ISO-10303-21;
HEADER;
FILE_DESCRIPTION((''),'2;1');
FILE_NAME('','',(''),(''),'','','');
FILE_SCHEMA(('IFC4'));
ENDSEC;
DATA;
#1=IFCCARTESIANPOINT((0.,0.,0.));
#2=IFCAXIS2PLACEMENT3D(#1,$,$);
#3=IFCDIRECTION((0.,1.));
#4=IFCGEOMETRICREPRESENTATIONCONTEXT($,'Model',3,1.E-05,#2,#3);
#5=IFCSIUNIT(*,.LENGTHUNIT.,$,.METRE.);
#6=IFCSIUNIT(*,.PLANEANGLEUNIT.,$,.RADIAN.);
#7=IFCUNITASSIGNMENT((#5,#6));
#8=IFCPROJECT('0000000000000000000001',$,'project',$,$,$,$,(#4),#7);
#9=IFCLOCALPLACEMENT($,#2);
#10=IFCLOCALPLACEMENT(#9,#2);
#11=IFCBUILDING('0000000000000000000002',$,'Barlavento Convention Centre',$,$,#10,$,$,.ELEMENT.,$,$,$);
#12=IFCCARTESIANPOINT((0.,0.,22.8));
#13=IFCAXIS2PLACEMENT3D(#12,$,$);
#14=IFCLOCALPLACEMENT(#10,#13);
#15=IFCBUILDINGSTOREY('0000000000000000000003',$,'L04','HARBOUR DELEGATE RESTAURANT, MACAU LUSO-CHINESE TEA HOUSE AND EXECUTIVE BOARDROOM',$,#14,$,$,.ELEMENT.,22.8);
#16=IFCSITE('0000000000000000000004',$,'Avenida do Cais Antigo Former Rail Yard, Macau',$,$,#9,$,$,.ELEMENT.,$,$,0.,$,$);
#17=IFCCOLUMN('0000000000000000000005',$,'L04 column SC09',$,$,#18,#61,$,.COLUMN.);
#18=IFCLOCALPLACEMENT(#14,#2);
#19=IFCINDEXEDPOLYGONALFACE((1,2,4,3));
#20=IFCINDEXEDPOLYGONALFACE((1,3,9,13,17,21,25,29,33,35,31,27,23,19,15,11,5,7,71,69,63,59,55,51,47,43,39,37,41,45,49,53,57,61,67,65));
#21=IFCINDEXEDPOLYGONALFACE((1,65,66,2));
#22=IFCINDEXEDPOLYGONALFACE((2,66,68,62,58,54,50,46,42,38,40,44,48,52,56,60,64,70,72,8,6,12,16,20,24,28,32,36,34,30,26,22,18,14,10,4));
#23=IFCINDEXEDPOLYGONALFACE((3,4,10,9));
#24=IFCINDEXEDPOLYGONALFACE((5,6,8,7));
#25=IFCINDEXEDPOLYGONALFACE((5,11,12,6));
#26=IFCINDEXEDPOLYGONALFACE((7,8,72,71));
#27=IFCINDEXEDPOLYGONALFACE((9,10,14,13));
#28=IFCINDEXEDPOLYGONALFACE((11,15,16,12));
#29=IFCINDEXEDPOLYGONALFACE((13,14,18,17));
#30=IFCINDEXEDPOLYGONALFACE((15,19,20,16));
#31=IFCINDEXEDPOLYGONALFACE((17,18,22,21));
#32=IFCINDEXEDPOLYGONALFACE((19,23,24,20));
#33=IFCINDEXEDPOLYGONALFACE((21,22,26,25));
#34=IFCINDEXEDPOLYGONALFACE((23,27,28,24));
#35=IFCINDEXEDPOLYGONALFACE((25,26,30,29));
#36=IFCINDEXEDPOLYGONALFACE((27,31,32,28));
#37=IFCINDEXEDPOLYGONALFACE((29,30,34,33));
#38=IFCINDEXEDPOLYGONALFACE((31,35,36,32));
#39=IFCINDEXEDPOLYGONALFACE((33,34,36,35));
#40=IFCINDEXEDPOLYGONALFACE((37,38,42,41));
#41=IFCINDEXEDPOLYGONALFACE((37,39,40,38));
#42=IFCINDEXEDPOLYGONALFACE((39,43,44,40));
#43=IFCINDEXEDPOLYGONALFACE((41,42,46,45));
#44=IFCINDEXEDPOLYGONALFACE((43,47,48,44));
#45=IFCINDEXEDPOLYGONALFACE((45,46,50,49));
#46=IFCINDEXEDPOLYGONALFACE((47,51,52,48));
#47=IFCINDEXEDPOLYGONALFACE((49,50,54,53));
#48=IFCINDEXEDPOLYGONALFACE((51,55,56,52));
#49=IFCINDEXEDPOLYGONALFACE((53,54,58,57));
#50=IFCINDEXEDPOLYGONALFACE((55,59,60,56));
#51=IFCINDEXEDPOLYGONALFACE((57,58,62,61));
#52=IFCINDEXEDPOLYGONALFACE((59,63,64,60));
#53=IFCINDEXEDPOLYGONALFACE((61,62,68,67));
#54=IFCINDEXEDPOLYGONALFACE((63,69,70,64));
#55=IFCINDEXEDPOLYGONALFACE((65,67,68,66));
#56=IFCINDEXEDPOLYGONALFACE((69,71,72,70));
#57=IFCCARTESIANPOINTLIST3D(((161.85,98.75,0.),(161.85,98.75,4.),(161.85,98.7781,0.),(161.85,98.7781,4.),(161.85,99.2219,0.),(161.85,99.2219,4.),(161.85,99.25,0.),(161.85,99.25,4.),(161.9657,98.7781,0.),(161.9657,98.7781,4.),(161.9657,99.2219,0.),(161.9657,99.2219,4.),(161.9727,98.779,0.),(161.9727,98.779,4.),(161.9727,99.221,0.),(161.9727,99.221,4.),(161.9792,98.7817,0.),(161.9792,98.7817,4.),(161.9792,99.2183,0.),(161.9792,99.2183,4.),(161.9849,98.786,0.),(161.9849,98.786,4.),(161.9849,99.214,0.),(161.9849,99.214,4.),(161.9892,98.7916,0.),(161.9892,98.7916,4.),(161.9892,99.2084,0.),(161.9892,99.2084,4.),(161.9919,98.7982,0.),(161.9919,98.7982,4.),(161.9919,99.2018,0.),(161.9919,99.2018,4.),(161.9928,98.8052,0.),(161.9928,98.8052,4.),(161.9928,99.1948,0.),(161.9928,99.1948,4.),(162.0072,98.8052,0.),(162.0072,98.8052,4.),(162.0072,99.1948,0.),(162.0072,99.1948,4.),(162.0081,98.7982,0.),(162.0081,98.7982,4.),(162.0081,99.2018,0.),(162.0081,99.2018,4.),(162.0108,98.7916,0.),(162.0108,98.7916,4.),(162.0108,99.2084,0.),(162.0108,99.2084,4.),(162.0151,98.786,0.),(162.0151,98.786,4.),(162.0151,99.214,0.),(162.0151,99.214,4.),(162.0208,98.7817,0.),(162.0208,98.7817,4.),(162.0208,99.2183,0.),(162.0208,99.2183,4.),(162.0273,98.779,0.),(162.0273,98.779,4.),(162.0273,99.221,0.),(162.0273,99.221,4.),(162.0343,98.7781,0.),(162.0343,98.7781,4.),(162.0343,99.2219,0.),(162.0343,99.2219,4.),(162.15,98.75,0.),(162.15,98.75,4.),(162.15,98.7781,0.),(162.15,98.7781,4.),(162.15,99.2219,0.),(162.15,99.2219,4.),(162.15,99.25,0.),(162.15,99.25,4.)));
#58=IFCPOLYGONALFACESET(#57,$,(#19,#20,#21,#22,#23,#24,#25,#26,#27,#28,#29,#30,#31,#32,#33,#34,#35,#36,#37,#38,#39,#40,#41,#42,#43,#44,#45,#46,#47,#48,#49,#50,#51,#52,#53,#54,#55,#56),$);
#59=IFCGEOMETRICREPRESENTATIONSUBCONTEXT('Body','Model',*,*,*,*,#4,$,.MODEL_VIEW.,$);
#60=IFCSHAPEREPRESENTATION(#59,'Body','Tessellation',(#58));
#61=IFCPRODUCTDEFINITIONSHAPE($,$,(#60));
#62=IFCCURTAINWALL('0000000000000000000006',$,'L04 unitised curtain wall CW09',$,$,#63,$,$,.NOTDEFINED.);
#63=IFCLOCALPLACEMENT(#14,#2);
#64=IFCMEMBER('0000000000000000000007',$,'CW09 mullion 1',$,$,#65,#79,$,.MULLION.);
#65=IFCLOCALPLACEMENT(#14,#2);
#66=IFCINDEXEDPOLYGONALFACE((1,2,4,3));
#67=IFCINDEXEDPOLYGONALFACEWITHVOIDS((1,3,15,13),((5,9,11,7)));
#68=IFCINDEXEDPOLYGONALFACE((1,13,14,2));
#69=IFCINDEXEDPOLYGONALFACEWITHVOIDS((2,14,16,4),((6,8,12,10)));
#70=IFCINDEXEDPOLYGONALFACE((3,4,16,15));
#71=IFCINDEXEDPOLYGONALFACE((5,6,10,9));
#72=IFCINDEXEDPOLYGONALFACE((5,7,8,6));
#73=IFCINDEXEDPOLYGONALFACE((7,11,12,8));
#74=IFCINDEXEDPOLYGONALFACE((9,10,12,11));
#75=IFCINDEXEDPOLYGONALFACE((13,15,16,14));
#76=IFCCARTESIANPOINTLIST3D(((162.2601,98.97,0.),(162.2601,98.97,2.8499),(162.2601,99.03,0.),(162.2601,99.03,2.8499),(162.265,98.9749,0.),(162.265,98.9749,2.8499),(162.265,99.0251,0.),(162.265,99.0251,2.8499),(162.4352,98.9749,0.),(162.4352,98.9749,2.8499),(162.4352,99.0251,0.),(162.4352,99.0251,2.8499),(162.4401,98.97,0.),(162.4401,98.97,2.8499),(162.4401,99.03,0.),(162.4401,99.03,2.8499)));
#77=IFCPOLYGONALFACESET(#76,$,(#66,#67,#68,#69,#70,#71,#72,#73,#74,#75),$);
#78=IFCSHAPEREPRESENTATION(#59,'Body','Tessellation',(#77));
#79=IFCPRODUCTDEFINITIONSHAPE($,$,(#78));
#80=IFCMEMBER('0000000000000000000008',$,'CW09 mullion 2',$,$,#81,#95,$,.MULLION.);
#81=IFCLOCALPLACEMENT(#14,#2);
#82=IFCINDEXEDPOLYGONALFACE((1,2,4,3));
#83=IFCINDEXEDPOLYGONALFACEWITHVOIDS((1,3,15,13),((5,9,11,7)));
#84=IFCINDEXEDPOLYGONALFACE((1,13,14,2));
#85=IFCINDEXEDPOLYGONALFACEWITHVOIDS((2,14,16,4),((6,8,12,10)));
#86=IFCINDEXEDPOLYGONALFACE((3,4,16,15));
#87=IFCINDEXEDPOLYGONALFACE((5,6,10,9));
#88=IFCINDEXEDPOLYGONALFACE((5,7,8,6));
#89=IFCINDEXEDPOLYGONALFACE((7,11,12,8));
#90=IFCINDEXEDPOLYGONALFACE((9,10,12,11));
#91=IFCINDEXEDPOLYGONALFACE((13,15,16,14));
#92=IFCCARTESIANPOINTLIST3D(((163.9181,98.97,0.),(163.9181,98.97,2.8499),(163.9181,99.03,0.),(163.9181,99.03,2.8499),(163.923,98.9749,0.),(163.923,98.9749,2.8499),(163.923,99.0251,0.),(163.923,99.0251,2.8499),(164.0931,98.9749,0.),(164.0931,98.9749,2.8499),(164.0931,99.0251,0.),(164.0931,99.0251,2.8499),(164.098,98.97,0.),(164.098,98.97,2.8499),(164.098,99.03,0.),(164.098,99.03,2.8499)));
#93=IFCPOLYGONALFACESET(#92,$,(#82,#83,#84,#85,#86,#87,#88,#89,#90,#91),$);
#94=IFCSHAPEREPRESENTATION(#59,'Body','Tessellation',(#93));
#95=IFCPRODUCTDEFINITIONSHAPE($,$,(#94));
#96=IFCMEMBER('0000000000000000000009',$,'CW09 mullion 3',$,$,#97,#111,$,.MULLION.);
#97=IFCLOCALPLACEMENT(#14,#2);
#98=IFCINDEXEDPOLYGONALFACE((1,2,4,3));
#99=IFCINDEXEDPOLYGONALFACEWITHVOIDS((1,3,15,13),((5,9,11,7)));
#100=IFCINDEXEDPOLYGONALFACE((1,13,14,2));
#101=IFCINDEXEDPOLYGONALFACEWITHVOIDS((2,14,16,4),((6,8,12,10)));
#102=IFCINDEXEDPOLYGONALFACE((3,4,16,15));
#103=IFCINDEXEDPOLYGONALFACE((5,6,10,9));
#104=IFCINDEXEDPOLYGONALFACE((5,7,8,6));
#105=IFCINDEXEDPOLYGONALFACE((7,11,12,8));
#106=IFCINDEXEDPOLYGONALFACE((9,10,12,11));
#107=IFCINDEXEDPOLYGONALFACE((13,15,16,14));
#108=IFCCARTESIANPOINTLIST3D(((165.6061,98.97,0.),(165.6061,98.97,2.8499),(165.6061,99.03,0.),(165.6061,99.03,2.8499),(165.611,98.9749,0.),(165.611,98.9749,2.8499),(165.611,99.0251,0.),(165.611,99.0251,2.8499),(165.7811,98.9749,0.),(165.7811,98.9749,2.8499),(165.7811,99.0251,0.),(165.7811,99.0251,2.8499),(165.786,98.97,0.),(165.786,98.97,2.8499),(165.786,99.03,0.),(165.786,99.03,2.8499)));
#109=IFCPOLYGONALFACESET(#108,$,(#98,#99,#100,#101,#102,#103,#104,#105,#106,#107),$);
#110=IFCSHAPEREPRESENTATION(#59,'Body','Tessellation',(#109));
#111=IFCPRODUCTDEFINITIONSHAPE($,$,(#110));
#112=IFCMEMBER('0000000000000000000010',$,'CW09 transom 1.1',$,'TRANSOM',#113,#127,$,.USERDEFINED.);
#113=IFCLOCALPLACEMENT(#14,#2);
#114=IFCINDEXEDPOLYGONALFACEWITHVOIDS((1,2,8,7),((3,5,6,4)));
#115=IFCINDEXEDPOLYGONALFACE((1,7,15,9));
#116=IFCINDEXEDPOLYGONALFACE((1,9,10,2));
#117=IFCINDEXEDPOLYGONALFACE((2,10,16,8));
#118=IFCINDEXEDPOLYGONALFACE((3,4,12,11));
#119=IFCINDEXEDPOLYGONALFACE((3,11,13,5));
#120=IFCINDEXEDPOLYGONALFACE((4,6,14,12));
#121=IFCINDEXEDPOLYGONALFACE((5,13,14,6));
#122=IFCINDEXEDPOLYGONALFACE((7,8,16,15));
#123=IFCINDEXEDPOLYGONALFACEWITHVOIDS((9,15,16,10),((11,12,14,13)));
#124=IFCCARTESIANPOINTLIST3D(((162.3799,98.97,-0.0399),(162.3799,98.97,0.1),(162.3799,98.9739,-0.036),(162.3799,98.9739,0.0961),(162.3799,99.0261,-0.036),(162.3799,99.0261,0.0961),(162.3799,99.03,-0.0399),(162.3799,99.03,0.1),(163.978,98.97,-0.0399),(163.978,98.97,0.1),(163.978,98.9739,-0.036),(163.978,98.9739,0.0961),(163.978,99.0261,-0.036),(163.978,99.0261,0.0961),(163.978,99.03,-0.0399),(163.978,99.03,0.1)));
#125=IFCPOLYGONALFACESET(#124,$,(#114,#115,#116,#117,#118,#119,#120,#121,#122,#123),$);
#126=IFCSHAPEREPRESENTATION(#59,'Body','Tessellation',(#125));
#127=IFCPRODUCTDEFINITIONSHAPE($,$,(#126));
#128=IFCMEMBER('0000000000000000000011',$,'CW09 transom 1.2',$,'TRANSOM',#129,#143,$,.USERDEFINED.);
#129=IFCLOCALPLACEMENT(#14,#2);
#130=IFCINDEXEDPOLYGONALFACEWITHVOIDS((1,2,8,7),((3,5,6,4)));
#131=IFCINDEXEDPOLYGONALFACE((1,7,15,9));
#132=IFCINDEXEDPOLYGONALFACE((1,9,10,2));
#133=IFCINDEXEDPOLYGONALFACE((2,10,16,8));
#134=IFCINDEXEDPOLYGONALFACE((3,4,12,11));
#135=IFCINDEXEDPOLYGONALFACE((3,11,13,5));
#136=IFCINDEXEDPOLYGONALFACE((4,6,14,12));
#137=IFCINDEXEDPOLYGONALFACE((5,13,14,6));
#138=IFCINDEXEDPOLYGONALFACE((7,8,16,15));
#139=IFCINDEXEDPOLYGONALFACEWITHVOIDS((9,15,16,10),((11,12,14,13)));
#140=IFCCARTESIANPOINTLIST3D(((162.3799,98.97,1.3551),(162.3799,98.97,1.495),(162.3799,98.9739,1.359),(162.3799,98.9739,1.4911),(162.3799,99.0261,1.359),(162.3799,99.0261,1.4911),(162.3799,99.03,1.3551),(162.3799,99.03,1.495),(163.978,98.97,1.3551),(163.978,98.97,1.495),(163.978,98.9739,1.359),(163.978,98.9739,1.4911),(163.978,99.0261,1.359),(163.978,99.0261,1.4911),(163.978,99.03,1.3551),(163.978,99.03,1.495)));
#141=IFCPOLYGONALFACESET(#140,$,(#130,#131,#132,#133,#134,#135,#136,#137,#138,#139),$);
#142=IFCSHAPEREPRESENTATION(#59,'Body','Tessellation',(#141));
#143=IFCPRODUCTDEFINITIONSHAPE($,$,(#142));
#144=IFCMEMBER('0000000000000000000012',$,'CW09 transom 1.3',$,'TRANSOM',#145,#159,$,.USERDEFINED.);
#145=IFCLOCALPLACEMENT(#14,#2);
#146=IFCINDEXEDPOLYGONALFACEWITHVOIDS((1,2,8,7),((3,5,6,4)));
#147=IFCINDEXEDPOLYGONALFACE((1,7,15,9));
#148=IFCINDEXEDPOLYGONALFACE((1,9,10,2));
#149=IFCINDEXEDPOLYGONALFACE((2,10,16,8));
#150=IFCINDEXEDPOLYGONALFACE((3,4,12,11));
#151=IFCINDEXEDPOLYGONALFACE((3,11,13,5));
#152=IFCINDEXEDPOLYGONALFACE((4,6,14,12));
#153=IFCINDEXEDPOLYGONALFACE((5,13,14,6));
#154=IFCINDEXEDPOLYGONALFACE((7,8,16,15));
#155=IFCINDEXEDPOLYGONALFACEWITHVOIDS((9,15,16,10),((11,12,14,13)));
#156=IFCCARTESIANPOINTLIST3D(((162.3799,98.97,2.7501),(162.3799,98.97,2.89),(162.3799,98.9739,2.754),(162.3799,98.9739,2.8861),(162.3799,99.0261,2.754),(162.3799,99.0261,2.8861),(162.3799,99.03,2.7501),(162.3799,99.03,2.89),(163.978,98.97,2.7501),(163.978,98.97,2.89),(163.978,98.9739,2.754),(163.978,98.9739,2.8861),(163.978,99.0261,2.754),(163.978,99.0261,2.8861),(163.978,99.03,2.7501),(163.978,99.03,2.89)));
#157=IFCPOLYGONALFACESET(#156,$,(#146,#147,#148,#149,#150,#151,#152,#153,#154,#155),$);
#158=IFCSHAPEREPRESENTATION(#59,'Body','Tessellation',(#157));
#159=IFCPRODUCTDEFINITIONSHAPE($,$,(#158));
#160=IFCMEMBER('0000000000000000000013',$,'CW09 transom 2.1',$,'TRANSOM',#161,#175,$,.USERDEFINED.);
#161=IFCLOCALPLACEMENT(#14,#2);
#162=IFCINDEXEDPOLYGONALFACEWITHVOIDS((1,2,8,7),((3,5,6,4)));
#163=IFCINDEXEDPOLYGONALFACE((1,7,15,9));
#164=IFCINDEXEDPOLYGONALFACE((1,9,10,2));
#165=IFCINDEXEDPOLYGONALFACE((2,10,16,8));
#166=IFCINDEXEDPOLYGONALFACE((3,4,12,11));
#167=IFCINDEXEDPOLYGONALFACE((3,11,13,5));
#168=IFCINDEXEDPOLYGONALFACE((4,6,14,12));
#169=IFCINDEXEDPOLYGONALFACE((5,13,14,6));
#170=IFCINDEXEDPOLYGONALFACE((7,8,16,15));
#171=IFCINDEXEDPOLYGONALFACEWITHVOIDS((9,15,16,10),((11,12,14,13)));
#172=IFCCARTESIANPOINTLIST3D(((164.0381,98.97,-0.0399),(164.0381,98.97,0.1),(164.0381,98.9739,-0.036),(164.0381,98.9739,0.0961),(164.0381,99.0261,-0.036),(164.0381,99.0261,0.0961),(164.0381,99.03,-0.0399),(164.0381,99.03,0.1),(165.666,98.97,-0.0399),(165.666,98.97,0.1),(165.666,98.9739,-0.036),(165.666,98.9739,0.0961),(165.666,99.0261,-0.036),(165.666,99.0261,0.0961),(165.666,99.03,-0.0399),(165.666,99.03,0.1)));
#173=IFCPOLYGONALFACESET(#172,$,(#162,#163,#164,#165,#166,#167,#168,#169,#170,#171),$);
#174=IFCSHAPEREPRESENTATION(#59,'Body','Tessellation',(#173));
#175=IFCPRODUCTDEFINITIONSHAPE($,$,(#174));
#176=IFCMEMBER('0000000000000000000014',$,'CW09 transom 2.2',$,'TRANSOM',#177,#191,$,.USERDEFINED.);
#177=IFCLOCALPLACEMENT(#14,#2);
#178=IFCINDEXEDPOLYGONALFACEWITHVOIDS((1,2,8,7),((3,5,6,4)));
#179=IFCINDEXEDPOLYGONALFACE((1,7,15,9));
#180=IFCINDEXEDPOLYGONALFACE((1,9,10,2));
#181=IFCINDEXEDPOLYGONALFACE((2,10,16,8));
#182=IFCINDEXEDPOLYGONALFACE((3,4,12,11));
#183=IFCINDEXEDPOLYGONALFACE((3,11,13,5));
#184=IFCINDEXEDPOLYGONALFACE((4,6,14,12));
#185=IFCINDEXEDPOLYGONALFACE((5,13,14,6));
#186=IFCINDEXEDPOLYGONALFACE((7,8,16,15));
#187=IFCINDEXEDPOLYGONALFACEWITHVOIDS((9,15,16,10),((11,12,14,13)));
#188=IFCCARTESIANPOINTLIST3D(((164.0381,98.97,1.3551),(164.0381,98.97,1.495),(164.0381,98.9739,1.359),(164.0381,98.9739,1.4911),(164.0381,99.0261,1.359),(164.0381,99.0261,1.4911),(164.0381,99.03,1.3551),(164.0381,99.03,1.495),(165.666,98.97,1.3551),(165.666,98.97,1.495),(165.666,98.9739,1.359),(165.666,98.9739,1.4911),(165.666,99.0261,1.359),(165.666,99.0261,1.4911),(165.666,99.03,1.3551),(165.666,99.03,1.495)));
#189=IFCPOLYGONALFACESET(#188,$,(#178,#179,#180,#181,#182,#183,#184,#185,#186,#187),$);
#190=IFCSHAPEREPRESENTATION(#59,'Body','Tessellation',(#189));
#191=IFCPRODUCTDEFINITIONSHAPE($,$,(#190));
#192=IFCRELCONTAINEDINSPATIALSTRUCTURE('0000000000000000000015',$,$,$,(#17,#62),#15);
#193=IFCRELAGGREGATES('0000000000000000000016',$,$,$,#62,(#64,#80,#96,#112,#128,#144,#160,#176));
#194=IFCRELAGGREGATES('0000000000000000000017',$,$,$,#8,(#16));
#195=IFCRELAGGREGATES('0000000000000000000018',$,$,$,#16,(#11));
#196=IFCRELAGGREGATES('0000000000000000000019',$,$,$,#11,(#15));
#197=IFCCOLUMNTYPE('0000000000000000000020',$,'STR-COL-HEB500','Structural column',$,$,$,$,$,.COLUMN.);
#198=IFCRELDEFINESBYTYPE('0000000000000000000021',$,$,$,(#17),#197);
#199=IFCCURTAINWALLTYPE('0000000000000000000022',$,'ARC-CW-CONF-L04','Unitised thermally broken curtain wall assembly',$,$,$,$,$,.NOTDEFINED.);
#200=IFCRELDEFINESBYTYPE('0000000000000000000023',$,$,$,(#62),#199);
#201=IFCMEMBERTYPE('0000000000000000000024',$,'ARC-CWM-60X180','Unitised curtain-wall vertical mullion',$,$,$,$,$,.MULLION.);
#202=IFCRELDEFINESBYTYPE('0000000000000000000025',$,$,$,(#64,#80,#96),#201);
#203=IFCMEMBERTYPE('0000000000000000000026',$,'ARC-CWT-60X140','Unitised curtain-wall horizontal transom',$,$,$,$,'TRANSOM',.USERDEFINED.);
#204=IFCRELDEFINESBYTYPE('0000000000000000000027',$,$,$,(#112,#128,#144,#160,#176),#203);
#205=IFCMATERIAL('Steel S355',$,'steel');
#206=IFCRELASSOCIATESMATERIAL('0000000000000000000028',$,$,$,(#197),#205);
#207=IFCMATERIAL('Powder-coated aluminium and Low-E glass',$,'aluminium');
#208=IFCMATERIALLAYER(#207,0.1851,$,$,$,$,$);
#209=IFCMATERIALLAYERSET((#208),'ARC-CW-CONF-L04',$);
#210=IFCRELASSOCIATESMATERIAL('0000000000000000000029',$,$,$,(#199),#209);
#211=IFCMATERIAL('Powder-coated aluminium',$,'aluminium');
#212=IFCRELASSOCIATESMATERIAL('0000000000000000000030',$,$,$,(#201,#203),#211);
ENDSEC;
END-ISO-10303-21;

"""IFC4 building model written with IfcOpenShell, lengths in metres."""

from ifc_helpers import new_model, si_unit, direction, frame, origin, origin_2d, place, context, subcontext, project, spatial, hollow_rectangle, i_section, extrude, material, layer, layer_set, material_profile, profile_set, type_object, element, aggregate, save


model = new_model("IFC4")

# Units and contexts
model_context = context("Model", 3, precision=1e-05, world=origin(), true_north=direction((0.0, 1.0)))
body_context = subcontext(model_context, "Body", "Model", "MODEL_VIEW")
ifc_project = project(units=[si_unit("LENGTHUNIT", "METRE"), si_unit("PLANEANGLEUNIT", "RADIAN")], contexts=[model_context])

# Site, building, storey
site_placement = place(None, origin())
site = spatial("IfcSite", under=ifc_project, at=site_placement, Name="Avenida do Cais Antigo Former Rail Yard, Macau", CompositionType="ELEMENT", RefElevation=0.0)
building_placement = place(site_placement, origin())
building = spatial("IfcBuilding", under=site, at=building_placement, Name="Barlavento Convention Centre", CompositionType="ELEMENT")
storey_placement = place(building_placement, frame((0.0, 0.0, 22.8)))
storey = spatial("IfcBuildingStorey", under=building, at=storey_placement, Name="L04", Description="HARBOUR DELEGATE RESTAURANT, MACAU LUSO-CHINESE TEA HOUSE AND EXECUTIVE BOARDROOM", CompositionType="ELEMENT", Elevation=22.8)

# Column
ifc_material_1 = material(Name="Steel S355", Category="steel")
ifc_material_profile_1 = material_profile(ifc_material_1, i_section(OverallWidth=0.3, OverallDepth=0.5, WebThickness=0.0144, FlangeThickness=0.0281, FilletRadius=0.0271, at=origin_2d()), Name="HEB 500")
ifc_profile_set_1 = profile_set([ifc_material_profile_1], Name="Steel S355")
column_type = type_object("IfcColumnType", Name="STR-COL-HEB500", Description="Structural column", PredefinedType="COLUMN", material=ifc_profile_set_1)
column_placement = place(storey_placement, frame((162.0, 99.0, 0.0), z_axis=(0.0, 0.0, 1.0), x_axis=(1.0, 0.0, 0.0)))
element("IfcColumn", 1, at=column_placement, inside=storey, type_object=column_type, Name="L04 column SC09", PredefinedType="COLUMN", context=body_context, shape_type="SweptSolid", body=[
    extrude(i_section(OverallWidth=0.3, OverallDepth=0.5, WebThickness=0.0144, FlangeThickness=0.0281, FilletRadius=0.0271, at=origin_2d()), origin(), (0.0, 0.0, 1.0), 4.0),
])

# Curtain wall, members
ifc_material_2 = material(Name="Powder-coated aluminium and Low-E glass", Category="aluminium")
ifc_layer_1 = layer(ifc_material_2, 0.1851)
ifc_layer_set_1 = layer_set([ifc_layer_1], Name="ARC-CW-CONF-L04")
curtain_wall_type = type_object("IfcCurtainWallType", Name="ARC-CW-CONF-L04", Description="Unitised thermally broken curtain wall assembly", PredefinedType="NOTDEFINED", material=ifc_layer_set_1)
curtain_wall_placement = place(storey_placement, origin())
curtain_wall = element("IfcCurtainWall", 2, at=curtain_wall_placement, inside=storey, type_object=curtain_wall_type, Name="L04 unitised curtain wall CW09", PredefinedType="NOTDEFINED")
ifc_material_3 = material(Name="Powder-coated aluminium", Category="aluminium")
ifc_material_profile_2 = material_profile(ifc_material_3, hollow_rectangle(XDim=0.0601, YDim=0.1799, WallThickness=0.0049, at=origin_2d()), Name="AL-MULL 60x180x5")
ifc_profile_set_2 = profile_set([ifc_material_profile_2], Name="Powder-coated aluminium")
member_type_1 = type_object("IfcMemberType", Name="ARC-CWM-60X180", Description="Unitised curtain-wall vertical mullion", PredefinedType="MULLION", material=ifc_profile_set_2)
member_1_placement = place(storey_placement, frame((162.3501, 99.0, 0.0), z_axis=(0.0, 0.0, 1.0), x_axis=(0.0, 1.0, 0.0)))
member_1 = element("IfcMember", 3, at=member_1_placement, type_object=member_type_1, Name="CW09 mullion 1", PredefinedType="MULLION", context=body_context, shape_type="SweptSolid", body=[
    extrude(hollow_rectangle(XDim=0.0601, YDim=0.1799, WallThickness=0.0049, at=origin_2d()), origin(), (0.0, 0.0, 1.0), 2.8499),
])
member_2_placement = place(storey_placement, frame((164.0081, 99.0, 0.0), z_axis=(0.0, 0.0, 1.0), x_axis=(0.0, 1.0, 0.0)))
member_2 = element("IfcMember", 4, at=member_2_placement, type_object=member_type_1, Name="CW09 mullion 2", PredefinedType="MULLION", context=body_context, shape_type="SweptSolid", body=[
    extrude(hollow_rectangle(XDim=0.0601, YDim=0.1799, WallThickness=0.0049, at=origin_2d()), origin(), (0.0, 0.0, 1.0), 2.8499),
])
member_3_placement = place(storey_placement, frame((165.696, 99.0, 0.0), z_axis=(0.0, 0.0, 1.0), x_axis=(0.0, 1.0, 0.0)))
member_3 = element("IfcMember", 5, at=member_3_placement, type_object=member_type_1, Name="CW09 mullion 3", PredefinedType="MULLION", context=body_context, shape_type="SweptSolid", body=[
    extrude(hollow_rectangle(XDim=0.0601, YDim=0.1799, WallThickness=0.0049, at=origin_2d()), origin(), (0.0, 0.0, 1.0), 2.8499),
])
ifc_material_profile_3 = material_profile(ifc_material_3, hollow_rectangle(XDim=0.0601, YDim=0.1399, WallThickness=0.0039, at=origin_2d()), Name="AL-TRAN 60x140x4")
ifc_profile_set_3 = profile_set([ifc_material_profile_3], Name="Powder-coated aluminium")
member_type_2 = type_object("IfcMemberType", Name="ARC-CWT-60X140", Description="Unitised curtain-wall horizontal transom", ElementType="TRANSOM", PredefinedType="USERDEFINED", material=ifc_profile_set_3)
member_4_placement = place(storey_placement, frame((162.3799, 99.0, 0.03), z_axis=(1.0, 0.0, 0.0), x_axis=(0.0, 1.0, 0.0)))
member_4 = element("IfcMember", 6, at=member_4_placement, type_object=member_type_2, Name="CW09 transom 1.1", ObjectType="TRANSOM", PredefinedType="USERDEFINED", context=body_context, shape_type="SweptSolid", body=[
    extrude(hollow_rectangle(XDim=0.0601, YDim=0.1399, WallThickness=0.0039, at=origin_2d()), origin(), (0.0, 0.0, 1.0), 1.5981),
])
member_5_placement = place(storey_placement, frame((162.3799, 99.0, 1.425), z_axis=(1.0, 0.0, 0.0), x_axis=(0.0, 1.0, 0.0)))
member_5 = element("IfcMember", 7, at=member_5_placement, type_object=member_type_2, Name="CW09 transom 1.2", ObjectType="TRANSOM", PredefinedType="USERDEFINED", context=body_context, shape_type="SweptSolid", body=[
    extrude(hollow_rectangle(XDim=0.0601, YDim=0.1399, WallThickness=0.0039, at=origin_2d()), origin(), (0.0, 0.0, 1.0), 1.5981),
])
member_6_placement = place(storey_placement, frame((162.3799, 99.0, 2.8201), z_axis=(1.0, 0.0, 0.0), x_axis=(0.0, 1.0, 0.0)))
member_6 = element("IfcMember", 8, at=member_6_placement, type_object=member_type_2, Name="CW09 transom 1.3", ObjectType="TRANSOM", PredefinedType="USERDEFINED", context=body_context, shape_type="SweptSolid", body=[
    extrude(hollow_rectangle(XDim=0.0601, YDim=0.1399, WallThickness=0.0039, at=origin_2d()), origin(), (0.0, 0.0, 1.0), 1.5981),
])
member_7_placement = place(storey_placement, frame((164.0381, 99.0, 0.03), z_axis=(1.0, 0.0, 0.0), x_axis=(0.0, 1.0, 0.0)))
member_7 = element("IfcMember", 9, at=member_7_placement, type_object=member_type_2, Name="CW09 transom 2.1", ObjectType="TRANSOM", PredefinedType="USERDEFINED", context=body_context, shape_type="SweptSolid", body=[
    extrude(hollow_rectangle(XDim=0.0601, YDim=0.1399, WallThickness=0.0039, at=origin_2d()), origin(), (0.0, 0.0, 1.0), 1.6279),
])
member_8_placement = place(storey_placement, frame((164.0381, 99.0, 1.425), z_axis=(1.0, 0.0, 0.0), x_axis=(0.0, 1.0, 0.0)))
member_8 = element("IfcMember", 10, at=member_8_placement, type_object=member_type_2, Name="CW09 transom 2.2", ObjectType="TRANSOM", PredefinedType="USERDEFINED", context=body_context, shape_type="SweptSolid", body=[
    extrude(hollow_rectangle(XDim=0.0601, YDim=0.1399, WallThickness=0.0039, at=origin_2d()), origin(), (0.0, 0.0, 1.0), 1.6279),
])

aggregate(curtain_wall, [member_1, member_2, member_3, member_4, member_5, member_6, member_7, member_8])

save(model, "model.ifc")
